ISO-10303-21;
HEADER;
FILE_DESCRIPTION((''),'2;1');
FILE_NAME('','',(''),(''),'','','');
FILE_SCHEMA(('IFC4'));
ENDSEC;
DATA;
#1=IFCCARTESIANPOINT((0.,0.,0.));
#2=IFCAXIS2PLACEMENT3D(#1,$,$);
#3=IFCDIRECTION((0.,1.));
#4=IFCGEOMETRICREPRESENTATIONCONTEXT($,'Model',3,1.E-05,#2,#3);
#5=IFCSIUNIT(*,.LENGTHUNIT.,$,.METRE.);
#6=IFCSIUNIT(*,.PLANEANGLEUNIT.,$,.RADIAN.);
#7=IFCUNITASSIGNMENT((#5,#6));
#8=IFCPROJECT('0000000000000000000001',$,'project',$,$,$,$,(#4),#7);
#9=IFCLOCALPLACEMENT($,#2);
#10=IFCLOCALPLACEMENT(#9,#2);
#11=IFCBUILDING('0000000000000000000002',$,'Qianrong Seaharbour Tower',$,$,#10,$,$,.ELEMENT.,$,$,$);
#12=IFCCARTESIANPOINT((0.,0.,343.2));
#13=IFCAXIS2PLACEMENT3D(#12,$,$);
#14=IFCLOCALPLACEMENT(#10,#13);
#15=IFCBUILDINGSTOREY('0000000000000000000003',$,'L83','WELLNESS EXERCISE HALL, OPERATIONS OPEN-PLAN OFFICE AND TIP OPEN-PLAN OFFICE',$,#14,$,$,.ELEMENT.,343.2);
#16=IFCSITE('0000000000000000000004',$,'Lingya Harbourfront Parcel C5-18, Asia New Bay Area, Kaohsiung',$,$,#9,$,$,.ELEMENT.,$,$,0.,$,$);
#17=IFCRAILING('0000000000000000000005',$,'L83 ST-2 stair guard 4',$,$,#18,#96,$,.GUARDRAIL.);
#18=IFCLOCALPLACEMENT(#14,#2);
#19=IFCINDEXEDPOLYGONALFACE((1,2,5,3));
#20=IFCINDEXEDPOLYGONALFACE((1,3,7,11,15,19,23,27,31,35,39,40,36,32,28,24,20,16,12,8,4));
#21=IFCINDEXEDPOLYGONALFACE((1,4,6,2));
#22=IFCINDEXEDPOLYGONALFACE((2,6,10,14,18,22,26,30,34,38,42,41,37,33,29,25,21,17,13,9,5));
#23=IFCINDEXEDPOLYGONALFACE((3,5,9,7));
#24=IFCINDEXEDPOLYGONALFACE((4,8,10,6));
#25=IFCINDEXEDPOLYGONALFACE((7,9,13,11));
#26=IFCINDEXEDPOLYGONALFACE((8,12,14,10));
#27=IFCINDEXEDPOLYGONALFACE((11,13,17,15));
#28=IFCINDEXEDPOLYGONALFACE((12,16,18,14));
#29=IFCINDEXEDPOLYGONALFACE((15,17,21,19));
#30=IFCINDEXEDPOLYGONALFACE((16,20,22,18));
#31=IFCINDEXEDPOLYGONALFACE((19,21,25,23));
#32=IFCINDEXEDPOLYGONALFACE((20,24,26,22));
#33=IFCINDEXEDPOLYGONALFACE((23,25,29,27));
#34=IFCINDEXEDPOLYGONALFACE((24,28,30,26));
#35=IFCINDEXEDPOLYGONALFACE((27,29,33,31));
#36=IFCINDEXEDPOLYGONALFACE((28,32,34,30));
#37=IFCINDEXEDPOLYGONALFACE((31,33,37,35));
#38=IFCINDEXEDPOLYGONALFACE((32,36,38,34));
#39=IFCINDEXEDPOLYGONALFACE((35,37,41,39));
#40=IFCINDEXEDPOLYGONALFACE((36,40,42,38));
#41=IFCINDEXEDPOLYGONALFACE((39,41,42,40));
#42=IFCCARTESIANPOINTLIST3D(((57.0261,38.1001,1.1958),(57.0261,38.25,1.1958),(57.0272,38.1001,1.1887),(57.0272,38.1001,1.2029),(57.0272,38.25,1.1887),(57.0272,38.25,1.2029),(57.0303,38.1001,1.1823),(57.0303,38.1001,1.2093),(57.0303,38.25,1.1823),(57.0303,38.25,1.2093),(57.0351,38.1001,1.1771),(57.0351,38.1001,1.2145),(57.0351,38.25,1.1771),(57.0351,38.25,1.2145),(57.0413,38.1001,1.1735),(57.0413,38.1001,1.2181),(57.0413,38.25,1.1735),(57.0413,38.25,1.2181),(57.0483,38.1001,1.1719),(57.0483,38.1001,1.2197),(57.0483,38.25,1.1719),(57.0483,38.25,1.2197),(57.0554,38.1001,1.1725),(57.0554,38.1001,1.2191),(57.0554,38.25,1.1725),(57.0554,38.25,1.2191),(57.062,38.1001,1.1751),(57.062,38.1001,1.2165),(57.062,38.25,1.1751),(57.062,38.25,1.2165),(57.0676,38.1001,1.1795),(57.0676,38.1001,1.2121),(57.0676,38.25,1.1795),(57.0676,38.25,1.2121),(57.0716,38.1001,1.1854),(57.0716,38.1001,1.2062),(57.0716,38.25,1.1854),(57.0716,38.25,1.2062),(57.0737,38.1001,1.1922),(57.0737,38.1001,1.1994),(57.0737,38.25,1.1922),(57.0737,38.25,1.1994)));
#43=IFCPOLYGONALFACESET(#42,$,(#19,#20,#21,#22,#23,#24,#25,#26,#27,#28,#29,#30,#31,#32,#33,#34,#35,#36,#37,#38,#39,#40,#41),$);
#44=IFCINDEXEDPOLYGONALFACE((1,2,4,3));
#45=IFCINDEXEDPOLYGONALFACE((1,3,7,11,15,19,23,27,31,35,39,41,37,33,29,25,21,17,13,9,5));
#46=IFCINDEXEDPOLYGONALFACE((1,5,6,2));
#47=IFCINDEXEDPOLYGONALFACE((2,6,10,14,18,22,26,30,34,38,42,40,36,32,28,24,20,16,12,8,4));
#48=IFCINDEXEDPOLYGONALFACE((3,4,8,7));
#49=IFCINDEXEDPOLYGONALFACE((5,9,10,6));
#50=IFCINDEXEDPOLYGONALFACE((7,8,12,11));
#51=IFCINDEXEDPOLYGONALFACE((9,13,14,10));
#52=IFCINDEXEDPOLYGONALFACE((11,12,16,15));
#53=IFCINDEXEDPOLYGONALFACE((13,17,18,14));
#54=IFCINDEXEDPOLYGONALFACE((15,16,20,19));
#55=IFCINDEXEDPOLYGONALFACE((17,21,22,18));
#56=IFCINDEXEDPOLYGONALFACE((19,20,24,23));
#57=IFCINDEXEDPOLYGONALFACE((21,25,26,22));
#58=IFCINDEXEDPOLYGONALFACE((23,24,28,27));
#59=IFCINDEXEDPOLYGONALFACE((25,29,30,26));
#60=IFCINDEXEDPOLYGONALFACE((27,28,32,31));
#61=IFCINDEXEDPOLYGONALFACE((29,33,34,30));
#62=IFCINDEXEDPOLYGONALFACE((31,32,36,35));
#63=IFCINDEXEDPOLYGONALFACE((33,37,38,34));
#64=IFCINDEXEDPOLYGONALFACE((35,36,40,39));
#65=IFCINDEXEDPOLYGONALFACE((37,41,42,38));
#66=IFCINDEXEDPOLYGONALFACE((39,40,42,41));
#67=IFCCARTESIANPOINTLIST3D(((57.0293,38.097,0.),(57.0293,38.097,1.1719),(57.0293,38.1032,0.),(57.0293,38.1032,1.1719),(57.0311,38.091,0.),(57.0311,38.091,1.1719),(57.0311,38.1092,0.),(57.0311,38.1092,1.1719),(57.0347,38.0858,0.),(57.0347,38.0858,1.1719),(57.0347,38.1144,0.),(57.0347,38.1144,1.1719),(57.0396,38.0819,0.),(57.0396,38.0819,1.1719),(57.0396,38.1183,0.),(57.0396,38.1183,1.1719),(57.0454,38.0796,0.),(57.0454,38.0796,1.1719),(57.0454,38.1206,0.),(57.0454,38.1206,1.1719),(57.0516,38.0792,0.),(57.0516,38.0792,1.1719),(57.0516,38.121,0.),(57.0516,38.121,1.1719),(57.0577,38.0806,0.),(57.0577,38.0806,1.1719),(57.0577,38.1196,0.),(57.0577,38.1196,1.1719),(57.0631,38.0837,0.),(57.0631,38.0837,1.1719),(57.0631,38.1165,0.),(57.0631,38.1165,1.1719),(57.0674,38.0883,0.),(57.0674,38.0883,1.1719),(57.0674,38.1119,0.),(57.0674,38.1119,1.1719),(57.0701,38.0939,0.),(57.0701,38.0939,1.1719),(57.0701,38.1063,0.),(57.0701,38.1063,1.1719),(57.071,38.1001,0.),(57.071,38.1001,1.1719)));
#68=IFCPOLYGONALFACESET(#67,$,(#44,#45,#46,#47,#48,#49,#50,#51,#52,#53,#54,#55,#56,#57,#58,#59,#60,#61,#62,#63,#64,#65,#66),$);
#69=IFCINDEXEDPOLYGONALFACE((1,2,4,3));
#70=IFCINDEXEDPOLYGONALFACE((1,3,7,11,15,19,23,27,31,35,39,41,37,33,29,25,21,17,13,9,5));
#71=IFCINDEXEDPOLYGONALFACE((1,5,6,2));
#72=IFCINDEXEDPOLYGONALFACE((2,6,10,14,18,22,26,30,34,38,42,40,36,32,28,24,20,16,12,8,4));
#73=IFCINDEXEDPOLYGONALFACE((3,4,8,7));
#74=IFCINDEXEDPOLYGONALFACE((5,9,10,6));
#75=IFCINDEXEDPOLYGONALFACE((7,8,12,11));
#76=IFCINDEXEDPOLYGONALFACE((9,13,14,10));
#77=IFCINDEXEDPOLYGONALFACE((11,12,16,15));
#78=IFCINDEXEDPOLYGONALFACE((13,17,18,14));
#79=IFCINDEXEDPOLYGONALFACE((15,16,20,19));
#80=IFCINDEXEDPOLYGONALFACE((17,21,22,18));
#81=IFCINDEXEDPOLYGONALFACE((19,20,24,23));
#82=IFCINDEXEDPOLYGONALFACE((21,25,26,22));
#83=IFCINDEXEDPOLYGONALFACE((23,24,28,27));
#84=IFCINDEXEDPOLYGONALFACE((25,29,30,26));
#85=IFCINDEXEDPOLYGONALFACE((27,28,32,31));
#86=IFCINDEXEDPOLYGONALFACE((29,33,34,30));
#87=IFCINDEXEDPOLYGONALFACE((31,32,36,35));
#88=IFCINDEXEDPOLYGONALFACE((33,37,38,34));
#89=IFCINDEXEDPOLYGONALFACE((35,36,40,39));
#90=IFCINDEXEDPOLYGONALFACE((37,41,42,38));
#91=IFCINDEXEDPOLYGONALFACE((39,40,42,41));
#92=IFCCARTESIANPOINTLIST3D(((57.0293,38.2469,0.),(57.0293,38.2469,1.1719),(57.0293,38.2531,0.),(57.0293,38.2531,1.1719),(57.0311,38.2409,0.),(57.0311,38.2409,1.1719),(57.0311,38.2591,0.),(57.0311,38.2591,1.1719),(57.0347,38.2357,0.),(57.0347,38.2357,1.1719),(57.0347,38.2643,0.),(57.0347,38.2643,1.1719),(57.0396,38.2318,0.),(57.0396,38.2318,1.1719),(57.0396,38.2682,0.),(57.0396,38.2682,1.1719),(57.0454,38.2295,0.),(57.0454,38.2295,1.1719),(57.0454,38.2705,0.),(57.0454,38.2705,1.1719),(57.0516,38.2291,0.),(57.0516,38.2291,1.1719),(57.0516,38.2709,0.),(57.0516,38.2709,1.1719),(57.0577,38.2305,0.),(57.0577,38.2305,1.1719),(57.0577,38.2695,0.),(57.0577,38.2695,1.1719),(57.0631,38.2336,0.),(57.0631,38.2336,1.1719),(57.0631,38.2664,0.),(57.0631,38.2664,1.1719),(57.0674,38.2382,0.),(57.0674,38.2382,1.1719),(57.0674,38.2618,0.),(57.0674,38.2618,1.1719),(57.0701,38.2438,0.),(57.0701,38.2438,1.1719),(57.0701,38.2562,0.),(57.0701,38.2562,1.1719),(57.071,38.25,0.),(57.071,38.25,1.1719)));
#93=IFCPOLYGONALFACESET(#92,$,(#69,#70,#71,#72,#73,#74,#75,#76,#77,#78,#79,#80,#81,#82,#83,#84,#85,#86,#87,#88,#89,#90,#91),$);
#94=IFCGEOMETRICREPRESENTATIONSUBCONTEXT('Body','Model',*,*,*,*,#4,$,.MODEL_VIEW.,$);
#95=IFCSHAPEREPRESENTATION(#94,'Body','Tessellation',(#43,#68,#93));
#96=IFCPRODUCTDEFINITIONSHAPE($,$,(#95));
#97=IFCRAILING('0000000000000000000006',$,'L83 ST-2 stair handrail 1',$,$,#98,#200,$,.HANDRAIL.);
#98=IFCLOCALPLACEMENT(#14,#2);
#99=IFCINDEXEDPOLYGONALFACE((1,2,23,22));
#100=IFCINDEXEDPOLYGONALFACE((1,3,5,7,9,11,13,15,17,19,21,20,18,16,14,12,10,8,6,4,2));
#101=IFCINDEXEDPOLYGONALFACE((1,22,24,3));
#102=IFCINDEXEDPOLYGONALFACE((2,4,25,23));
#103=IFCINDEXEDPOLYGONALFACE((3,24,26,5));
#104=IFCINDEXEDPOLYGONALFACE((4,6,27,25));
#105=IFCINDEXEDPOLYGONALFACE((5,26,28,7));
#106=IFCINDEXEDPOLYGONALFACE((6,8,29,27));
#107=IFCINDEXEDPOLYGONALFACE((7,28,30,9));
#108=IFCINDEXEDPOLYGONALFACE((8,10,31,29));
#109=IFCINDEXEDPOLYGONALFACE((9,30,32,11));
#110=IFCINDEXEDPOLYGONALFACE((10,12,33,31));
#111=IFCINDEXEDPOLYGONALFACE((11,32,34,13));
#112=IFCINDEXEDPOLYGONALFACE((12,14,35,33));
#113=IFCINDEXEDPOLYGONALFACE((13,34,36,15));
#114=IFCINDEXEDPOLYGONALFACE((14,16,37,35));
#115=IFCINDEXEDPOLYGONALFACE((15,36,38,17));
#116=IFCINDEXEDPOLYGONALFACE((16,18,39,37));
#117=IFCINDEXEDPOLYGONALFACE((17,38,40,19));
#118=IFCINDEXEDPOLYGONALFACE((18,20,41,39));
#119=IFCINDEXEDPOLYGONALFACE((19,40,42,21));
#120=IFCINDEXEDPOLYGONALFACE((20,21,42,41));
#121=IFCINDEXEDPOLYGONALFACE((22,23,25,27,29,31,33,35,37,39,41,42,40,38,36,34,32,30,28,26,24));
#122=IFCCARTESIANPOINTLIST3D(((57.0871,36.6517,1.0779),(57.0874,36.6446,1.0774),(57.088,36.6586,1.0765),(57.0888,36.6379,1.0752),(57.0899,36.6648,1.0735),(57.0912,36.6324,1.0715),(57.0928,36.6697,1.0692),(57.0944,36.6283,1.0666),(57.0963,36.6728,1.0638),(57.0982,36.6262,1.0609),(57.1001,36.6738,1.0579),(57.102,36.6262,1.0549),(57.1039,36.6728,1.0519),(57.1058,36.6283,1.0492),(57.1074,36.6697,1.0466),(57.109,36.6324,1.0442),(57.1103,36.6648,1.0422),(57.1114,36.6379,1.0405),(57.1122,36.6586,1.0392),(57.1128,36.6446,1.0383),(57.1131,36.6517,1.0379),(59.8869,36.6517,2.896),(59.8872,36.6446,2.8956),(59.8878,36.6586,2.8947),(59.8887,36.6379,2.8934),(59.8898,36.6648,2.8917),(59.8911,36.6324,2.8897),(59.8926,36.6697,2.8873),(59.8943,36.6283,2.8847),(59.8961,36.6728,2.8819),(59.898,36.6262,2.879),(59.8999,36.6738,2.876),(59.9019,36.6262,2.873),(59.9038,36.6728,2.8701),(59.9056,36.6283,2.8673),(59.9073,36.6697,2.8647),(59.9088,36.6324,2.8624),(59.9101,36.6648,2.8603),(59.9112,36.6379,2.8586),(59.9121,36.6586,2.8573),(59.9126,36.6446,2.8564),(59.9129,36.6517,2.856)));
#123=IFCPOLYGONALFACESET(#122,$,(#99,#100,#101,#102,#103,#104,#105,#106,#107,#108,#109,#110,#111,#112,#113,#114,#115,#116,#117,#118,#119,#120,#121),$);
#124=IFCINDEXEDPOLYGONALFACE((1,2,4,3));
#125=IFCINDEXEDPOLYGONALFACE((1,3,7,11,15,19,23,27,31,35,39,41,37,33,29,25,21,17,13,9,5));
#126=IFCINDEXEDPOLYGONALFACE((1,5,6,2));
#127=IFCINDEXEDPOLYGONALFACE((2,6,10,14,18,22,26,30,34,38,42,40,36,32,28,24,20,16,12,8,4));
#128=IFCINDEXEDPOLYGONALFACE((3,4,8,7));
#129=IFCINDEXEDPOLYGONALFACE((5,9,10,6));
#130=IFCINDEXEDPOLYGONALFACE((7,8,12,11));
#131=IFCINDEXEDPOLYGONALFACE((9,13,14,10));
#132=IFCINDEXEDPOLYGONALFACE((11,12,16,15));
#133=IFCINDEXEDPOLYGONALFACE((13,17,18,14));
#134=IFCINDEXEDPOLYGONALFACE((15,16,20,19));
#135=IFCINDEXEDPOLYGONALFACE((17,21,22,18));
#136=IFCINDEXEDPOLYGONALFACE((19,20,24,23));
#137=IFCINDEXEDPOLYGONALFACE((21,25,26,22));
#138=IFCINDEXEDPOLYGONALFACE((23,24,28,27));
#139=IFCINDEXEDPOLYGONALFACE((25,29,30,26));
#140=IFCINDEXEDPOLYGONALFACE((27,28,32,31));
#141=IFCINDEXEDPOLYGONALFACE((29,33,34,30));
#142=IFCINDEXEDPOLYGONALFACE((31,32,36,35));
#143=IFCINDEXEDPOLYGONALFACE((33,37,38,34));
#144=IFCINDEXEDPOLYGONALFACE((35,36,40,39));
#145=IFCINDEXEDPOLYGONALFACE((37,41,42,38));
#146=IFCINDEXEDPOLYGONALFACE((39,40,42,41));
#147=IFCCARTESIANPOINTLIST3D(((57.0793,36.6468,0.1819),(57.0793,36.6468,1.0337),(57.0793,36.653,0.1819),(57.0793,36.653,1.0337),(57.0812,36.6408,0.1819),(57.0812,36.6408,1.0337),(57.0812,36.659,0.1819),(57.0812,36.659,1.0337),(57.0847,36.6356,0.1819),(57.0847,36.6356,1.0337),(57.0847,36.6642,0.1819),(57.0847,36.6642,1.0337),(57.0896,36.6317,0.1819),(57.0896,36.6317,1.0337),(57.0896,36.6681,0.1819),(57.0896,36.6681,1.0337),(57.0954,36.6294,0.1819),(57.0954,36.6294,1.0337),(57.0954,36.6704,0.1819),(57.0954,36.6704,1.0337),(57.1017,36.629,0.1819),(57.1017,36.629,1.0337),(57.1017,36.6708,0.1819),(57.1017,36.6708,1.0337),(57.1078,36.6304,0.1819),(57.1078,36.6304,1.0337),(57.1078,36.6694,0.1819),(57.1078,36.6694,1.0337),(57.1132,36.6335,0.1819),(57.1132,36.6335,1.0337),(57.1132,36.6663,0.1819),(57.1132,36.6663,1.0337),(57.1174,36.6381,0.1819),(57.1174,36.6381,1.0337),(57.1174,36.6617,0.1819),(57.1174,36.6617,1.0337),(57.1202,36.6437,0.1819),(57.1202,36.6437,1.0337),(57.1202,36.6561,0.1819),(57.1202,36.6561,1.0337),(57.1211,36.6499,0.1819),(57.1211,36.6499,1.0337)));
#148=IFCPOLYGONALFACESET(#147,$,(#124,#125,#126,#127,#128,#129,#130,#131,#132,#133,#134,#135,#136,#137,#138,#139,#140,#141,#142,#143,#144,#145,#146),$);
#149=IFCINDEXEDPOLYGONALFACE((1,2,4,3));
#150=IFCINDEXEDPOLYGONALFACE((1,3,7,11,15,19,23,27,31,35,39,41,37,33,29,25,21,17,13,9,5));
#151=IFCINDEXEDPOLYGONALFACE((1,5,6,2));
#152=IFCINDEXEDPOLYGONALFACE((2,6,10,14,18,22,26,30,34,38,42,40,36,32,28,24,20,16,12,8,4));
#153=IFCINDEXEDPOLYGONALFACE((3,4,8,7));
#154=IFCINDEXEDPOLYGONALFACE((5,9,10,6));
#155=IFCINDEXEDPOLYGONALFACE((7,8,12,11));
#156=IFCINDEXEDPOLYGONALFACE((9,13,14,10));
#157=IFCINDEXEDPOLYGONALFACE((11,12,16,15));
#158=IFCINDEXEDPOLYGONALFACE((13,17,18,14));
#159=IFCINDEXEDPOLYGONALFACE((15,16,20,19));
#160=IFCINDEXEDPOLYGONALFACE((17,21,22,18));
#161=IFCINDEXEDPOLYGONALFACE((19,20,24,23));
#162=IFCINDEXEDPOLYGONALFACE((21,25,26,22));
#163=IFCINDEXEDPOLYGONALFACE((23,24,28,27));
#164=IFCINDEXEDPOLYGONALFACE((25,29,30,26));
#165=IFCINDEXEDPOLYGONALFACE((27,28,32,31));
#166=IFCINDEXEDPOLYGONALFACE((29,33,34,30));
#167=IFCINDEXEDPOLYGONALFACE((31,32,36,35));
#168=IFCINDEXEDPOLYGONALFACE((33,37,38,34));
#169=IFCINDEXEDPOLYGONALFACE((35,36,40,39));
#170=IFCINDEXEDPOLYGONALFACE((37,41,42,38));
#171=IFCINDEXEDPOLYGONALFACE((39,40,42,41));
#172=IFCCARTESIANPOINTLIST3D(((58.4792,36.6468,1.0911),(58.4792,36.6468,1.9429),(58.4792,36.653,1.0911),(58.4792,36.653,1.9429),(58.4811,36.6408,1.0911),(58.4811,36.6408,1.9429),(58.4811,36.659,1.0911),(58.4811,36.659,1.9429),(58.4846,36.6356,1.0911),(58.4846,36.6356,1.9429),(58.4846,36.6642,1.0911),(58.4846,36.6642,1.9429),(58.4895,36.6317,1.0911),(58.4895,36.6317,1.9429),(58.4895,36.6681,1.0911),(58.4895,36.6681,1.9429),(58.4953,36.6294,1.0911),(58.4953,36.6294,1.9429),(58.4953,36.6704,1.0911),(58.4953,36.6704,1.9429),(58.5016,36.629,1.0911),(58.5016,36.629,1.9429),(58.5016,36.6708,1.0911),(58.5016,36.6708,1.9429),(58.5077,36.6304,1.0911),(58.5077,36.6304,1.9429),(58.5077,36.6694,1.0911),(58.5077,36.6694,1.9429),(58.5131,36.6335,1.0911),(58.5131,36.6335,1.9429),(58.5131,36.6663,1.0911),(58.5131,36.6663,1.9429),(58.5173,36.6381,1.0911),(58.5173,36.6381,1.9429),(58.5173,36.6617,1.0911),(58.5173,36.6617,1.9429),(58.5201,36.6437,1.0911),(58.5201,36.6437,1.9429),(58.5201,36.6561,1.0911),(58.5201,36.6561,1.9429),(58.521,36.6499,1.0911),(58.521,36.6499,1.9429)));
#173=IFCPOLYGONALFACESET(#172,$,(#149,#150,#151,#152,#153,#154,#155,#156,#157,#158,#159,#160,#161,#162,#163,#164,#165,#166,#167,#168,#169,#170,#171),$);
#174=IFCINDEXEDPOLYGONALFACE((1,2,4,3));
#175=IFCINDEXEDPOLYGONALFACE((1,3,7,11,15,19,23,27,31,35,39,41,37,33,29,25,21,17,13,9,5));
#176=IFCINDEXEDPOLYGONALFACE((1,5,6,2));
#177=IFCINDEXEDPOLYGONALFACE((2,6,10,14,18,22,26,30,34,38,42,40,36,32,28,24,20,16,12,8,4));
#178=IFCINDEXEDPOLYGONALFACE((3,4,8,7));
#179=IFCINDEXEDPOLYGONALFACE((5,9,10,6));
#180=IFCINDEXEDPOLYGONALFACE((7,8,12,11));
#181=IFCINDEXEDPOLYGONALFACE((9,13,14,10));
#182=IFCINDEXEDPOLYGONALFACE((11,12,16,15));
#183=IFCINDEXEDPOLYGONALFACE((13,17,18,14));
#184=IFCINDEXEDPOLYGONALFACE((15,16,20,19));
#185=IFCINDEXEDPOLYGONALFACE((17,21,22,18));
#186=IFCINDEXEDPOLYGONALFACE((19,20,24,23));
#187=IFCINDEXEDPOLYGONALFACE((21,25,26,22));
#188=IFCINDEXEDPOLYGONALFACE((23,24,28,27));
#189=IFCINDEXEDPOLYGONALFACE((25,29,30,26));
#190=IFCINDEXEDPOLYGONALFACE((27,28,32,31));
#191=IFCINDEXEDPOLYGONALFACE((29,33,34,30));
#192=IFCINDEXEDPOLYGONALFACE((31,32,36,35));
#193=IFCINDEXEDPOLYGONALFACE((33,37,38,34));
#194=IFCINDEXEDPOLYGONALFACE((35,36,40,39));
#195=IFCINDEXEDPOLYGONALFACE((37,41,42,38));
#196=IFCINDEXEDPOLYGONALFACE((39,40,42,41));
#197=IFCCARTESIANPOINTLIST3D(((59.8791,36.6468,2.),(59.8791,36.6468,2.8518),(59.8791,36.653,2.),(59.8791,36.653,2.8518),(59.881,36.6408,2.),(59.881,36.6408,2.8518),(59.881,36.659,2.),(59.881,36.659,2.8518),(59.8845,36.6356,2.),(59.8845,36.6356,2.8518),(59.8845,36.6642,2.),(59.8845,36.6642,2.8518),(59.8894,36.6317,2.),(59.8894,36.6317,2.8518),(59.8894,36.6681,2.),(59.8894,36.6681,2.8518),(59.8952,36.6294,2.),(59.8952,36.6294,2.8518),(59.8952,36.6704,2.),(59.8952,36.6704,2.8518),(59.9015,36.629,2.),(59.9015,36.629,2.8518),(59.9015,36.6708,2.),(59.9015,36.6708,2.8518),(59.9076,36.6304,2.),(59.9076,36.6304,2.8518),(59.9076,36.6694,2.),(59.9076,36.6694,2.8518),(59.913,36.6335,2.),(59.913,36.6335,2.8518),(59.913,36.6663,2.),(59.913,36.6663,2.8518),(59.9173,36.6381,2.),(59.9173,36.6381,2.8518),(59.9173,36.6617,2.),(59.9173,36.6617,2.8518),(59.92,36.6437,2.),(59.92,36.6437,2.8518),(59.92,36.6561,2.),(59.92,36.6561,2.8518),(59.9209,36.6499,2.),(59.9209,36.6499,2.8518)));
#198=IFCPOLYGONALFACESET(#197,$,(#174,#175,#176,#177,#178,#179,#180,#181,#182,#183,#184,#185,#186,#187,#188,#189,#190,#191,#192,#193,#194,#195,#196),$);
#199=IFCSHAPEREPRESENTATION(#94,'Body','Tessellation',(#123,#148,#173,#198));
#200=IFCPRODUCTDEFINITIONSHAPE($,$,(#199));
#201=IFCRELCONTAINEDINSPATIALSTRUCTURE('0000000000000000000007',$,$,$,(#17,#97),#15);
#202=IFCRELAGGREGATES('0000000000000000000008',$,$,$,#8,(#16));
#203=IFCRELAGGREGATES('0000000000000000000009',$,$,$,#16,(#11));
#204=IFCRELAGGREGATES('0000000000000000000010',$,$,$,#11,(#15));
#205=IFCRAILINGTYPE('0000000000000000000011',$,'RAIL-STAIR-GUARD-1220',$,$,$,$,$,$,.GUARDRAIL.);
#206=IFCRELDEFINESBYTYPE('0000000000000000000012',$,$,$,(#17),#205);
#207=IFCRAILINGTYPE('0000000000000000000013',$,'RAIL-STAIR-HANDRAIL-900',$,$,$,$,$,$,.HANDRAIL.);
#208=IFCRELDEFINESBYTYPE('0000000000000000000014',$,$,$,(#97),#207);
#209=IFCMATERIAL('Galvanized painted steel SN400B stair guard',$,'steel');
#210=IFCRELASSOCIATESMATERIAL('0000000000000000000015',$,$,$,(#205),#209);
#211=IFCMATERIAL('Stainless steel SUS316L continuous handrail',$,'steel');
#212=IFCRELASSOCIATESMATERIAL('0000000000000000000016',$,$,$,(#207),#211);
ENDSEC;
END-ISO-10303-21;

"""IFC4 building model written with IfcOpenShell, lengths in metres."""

from ifc_helpers import new_model, si_unit, direction, frame, origin, origin_2d, place, context, subcontext, project, spatial, circle, extrude, material, type_object, element, save


model = new_model("IFC4")

# Units and contexts
model_context = context("Model", 3, precision=1e-05, world=origin(), true_north=direction((0.0, 1.0)))
body_context = subcontext(model_context, "Body", "Model", "MODEL_VIEW")
ifc_project = project(units=[si_unit("LENGTHUNIT", "METRE"), si_unit("PLANEANGLEUNIT", "RADIAN")], contexts=[model_context])

# Site, building, storey
site_placement = place(None, origin())
site = spatial("IfcSite", under=ifc_project, at=site_placement, Name="Lingya Harbourfront Parcel C5-18, Asia New Bay Area, Kaohsiung", CompositionType="ELEMENT", RefElevation=0.0)
building_placement = place(site_placement, origin())
building = spatial("IfcBuilding", under=site, at=building_placement, Name="Qianrong Seaharbour Tower", CompositionType="ELEMENT")
storey_placement = place(building_placement, frame((0.0, 0.0, 343.2)))
storey = spatial("IfcBuildingStorey", under=building, at=storey_placement, Name="L83", Description="WELLNESS EXERCISE HALL, OPERATIONS OPEN-PLAN OFFICE AND TIP OPEN-PLAN OFFICE", CompositionType="ELEMENT", Elevation=343.2)

# Railings
ifc_material_1 = material(Name="Galvanized painted steel SN400B stair guard", Category="steel")
railing_type_1 = type_object("IfcRailingType", Name="RAIL-STAIR-GUARD-1220", PredefinedType="GUARDRAIL", material=ifc_material_1)
railing_1_placement = place(storey_placement, frame((57.05, 38.1001, 0.0)))
element("IfcRailing", 1, at=railing_1_placement, inside=storey, type_object=railing_type_1, Name="L83 ST-2 stair guard 4", PredefinedType="GUARDRAIL", context=body_context, shape_type="SweptSolid", body=[
    extrude(circle(Radius=0.0239, at=origin_2d()), frame((0.0, 0.0, 1.1958), z_axis=(0.0, 1.0, 0.0), x_axis=(-1.0, 0.0, 0.0)), (0.0, 0.0, 1.0), 0.1499),
    extrude(circle(Radius=0.021, at=origin_2d()), origin(), (0.0, 0.0, 1.0), 1.1719),
    extrude(circle(Radius=0.021, at=origin_2d()), frame((0.0, 0.1499, 0.0)), (0.0, 0.0, 1.0), 1.1719),
])
ifc_material_2 = material(Name="Stainless steel SUS316L continuous handrail", Category="steel")
railing_type_2 = type_object("IfcRailingType", Name="RAIL-STAIR-HANDRAIL-900", PredefinedType="HANDRAIL", material=ifc_material_2)
railing_2_placement = place(storey_placement, frame((57.1001, 36.6499, 0.1819)))
element("IfcRailing", 2, at=railing_2_placement, inside=storey, type_object=railing_type_2, Name="L83 ST-2 stair handrail 1", PredefinedType="HANDRAIL", context=body_context, shape_type="SweptSolid", body=[
    extrude(circle(Radius=0.0239, at=origin_2d()), frame((0.0, 0.0, 0.876), z_axis=(0.838684, 0.0, 0.544618), x_axis=(0.0, 1.0, 0.0)), (0.0, 0.0, 1.0), 3.3384),
    extrude(circle(Radius=0.021, at=origin_2d()), origin(), (0.0, 0.0, 1.0), 0.8518),
    extrude(circle(Radius=0.021, at=origin_2d()), frame((1.3999, 0.0, 0.9092)), (0.0, 0.0, 1.0), 0.8518),
    extrude(circle(Radius=0.021, at=origin_2d()), frame((2.7998, 0.0, 1.8181)), (0.0, 0.0, 1.0), 0.8518),
])

save(model, "model.ifc")
